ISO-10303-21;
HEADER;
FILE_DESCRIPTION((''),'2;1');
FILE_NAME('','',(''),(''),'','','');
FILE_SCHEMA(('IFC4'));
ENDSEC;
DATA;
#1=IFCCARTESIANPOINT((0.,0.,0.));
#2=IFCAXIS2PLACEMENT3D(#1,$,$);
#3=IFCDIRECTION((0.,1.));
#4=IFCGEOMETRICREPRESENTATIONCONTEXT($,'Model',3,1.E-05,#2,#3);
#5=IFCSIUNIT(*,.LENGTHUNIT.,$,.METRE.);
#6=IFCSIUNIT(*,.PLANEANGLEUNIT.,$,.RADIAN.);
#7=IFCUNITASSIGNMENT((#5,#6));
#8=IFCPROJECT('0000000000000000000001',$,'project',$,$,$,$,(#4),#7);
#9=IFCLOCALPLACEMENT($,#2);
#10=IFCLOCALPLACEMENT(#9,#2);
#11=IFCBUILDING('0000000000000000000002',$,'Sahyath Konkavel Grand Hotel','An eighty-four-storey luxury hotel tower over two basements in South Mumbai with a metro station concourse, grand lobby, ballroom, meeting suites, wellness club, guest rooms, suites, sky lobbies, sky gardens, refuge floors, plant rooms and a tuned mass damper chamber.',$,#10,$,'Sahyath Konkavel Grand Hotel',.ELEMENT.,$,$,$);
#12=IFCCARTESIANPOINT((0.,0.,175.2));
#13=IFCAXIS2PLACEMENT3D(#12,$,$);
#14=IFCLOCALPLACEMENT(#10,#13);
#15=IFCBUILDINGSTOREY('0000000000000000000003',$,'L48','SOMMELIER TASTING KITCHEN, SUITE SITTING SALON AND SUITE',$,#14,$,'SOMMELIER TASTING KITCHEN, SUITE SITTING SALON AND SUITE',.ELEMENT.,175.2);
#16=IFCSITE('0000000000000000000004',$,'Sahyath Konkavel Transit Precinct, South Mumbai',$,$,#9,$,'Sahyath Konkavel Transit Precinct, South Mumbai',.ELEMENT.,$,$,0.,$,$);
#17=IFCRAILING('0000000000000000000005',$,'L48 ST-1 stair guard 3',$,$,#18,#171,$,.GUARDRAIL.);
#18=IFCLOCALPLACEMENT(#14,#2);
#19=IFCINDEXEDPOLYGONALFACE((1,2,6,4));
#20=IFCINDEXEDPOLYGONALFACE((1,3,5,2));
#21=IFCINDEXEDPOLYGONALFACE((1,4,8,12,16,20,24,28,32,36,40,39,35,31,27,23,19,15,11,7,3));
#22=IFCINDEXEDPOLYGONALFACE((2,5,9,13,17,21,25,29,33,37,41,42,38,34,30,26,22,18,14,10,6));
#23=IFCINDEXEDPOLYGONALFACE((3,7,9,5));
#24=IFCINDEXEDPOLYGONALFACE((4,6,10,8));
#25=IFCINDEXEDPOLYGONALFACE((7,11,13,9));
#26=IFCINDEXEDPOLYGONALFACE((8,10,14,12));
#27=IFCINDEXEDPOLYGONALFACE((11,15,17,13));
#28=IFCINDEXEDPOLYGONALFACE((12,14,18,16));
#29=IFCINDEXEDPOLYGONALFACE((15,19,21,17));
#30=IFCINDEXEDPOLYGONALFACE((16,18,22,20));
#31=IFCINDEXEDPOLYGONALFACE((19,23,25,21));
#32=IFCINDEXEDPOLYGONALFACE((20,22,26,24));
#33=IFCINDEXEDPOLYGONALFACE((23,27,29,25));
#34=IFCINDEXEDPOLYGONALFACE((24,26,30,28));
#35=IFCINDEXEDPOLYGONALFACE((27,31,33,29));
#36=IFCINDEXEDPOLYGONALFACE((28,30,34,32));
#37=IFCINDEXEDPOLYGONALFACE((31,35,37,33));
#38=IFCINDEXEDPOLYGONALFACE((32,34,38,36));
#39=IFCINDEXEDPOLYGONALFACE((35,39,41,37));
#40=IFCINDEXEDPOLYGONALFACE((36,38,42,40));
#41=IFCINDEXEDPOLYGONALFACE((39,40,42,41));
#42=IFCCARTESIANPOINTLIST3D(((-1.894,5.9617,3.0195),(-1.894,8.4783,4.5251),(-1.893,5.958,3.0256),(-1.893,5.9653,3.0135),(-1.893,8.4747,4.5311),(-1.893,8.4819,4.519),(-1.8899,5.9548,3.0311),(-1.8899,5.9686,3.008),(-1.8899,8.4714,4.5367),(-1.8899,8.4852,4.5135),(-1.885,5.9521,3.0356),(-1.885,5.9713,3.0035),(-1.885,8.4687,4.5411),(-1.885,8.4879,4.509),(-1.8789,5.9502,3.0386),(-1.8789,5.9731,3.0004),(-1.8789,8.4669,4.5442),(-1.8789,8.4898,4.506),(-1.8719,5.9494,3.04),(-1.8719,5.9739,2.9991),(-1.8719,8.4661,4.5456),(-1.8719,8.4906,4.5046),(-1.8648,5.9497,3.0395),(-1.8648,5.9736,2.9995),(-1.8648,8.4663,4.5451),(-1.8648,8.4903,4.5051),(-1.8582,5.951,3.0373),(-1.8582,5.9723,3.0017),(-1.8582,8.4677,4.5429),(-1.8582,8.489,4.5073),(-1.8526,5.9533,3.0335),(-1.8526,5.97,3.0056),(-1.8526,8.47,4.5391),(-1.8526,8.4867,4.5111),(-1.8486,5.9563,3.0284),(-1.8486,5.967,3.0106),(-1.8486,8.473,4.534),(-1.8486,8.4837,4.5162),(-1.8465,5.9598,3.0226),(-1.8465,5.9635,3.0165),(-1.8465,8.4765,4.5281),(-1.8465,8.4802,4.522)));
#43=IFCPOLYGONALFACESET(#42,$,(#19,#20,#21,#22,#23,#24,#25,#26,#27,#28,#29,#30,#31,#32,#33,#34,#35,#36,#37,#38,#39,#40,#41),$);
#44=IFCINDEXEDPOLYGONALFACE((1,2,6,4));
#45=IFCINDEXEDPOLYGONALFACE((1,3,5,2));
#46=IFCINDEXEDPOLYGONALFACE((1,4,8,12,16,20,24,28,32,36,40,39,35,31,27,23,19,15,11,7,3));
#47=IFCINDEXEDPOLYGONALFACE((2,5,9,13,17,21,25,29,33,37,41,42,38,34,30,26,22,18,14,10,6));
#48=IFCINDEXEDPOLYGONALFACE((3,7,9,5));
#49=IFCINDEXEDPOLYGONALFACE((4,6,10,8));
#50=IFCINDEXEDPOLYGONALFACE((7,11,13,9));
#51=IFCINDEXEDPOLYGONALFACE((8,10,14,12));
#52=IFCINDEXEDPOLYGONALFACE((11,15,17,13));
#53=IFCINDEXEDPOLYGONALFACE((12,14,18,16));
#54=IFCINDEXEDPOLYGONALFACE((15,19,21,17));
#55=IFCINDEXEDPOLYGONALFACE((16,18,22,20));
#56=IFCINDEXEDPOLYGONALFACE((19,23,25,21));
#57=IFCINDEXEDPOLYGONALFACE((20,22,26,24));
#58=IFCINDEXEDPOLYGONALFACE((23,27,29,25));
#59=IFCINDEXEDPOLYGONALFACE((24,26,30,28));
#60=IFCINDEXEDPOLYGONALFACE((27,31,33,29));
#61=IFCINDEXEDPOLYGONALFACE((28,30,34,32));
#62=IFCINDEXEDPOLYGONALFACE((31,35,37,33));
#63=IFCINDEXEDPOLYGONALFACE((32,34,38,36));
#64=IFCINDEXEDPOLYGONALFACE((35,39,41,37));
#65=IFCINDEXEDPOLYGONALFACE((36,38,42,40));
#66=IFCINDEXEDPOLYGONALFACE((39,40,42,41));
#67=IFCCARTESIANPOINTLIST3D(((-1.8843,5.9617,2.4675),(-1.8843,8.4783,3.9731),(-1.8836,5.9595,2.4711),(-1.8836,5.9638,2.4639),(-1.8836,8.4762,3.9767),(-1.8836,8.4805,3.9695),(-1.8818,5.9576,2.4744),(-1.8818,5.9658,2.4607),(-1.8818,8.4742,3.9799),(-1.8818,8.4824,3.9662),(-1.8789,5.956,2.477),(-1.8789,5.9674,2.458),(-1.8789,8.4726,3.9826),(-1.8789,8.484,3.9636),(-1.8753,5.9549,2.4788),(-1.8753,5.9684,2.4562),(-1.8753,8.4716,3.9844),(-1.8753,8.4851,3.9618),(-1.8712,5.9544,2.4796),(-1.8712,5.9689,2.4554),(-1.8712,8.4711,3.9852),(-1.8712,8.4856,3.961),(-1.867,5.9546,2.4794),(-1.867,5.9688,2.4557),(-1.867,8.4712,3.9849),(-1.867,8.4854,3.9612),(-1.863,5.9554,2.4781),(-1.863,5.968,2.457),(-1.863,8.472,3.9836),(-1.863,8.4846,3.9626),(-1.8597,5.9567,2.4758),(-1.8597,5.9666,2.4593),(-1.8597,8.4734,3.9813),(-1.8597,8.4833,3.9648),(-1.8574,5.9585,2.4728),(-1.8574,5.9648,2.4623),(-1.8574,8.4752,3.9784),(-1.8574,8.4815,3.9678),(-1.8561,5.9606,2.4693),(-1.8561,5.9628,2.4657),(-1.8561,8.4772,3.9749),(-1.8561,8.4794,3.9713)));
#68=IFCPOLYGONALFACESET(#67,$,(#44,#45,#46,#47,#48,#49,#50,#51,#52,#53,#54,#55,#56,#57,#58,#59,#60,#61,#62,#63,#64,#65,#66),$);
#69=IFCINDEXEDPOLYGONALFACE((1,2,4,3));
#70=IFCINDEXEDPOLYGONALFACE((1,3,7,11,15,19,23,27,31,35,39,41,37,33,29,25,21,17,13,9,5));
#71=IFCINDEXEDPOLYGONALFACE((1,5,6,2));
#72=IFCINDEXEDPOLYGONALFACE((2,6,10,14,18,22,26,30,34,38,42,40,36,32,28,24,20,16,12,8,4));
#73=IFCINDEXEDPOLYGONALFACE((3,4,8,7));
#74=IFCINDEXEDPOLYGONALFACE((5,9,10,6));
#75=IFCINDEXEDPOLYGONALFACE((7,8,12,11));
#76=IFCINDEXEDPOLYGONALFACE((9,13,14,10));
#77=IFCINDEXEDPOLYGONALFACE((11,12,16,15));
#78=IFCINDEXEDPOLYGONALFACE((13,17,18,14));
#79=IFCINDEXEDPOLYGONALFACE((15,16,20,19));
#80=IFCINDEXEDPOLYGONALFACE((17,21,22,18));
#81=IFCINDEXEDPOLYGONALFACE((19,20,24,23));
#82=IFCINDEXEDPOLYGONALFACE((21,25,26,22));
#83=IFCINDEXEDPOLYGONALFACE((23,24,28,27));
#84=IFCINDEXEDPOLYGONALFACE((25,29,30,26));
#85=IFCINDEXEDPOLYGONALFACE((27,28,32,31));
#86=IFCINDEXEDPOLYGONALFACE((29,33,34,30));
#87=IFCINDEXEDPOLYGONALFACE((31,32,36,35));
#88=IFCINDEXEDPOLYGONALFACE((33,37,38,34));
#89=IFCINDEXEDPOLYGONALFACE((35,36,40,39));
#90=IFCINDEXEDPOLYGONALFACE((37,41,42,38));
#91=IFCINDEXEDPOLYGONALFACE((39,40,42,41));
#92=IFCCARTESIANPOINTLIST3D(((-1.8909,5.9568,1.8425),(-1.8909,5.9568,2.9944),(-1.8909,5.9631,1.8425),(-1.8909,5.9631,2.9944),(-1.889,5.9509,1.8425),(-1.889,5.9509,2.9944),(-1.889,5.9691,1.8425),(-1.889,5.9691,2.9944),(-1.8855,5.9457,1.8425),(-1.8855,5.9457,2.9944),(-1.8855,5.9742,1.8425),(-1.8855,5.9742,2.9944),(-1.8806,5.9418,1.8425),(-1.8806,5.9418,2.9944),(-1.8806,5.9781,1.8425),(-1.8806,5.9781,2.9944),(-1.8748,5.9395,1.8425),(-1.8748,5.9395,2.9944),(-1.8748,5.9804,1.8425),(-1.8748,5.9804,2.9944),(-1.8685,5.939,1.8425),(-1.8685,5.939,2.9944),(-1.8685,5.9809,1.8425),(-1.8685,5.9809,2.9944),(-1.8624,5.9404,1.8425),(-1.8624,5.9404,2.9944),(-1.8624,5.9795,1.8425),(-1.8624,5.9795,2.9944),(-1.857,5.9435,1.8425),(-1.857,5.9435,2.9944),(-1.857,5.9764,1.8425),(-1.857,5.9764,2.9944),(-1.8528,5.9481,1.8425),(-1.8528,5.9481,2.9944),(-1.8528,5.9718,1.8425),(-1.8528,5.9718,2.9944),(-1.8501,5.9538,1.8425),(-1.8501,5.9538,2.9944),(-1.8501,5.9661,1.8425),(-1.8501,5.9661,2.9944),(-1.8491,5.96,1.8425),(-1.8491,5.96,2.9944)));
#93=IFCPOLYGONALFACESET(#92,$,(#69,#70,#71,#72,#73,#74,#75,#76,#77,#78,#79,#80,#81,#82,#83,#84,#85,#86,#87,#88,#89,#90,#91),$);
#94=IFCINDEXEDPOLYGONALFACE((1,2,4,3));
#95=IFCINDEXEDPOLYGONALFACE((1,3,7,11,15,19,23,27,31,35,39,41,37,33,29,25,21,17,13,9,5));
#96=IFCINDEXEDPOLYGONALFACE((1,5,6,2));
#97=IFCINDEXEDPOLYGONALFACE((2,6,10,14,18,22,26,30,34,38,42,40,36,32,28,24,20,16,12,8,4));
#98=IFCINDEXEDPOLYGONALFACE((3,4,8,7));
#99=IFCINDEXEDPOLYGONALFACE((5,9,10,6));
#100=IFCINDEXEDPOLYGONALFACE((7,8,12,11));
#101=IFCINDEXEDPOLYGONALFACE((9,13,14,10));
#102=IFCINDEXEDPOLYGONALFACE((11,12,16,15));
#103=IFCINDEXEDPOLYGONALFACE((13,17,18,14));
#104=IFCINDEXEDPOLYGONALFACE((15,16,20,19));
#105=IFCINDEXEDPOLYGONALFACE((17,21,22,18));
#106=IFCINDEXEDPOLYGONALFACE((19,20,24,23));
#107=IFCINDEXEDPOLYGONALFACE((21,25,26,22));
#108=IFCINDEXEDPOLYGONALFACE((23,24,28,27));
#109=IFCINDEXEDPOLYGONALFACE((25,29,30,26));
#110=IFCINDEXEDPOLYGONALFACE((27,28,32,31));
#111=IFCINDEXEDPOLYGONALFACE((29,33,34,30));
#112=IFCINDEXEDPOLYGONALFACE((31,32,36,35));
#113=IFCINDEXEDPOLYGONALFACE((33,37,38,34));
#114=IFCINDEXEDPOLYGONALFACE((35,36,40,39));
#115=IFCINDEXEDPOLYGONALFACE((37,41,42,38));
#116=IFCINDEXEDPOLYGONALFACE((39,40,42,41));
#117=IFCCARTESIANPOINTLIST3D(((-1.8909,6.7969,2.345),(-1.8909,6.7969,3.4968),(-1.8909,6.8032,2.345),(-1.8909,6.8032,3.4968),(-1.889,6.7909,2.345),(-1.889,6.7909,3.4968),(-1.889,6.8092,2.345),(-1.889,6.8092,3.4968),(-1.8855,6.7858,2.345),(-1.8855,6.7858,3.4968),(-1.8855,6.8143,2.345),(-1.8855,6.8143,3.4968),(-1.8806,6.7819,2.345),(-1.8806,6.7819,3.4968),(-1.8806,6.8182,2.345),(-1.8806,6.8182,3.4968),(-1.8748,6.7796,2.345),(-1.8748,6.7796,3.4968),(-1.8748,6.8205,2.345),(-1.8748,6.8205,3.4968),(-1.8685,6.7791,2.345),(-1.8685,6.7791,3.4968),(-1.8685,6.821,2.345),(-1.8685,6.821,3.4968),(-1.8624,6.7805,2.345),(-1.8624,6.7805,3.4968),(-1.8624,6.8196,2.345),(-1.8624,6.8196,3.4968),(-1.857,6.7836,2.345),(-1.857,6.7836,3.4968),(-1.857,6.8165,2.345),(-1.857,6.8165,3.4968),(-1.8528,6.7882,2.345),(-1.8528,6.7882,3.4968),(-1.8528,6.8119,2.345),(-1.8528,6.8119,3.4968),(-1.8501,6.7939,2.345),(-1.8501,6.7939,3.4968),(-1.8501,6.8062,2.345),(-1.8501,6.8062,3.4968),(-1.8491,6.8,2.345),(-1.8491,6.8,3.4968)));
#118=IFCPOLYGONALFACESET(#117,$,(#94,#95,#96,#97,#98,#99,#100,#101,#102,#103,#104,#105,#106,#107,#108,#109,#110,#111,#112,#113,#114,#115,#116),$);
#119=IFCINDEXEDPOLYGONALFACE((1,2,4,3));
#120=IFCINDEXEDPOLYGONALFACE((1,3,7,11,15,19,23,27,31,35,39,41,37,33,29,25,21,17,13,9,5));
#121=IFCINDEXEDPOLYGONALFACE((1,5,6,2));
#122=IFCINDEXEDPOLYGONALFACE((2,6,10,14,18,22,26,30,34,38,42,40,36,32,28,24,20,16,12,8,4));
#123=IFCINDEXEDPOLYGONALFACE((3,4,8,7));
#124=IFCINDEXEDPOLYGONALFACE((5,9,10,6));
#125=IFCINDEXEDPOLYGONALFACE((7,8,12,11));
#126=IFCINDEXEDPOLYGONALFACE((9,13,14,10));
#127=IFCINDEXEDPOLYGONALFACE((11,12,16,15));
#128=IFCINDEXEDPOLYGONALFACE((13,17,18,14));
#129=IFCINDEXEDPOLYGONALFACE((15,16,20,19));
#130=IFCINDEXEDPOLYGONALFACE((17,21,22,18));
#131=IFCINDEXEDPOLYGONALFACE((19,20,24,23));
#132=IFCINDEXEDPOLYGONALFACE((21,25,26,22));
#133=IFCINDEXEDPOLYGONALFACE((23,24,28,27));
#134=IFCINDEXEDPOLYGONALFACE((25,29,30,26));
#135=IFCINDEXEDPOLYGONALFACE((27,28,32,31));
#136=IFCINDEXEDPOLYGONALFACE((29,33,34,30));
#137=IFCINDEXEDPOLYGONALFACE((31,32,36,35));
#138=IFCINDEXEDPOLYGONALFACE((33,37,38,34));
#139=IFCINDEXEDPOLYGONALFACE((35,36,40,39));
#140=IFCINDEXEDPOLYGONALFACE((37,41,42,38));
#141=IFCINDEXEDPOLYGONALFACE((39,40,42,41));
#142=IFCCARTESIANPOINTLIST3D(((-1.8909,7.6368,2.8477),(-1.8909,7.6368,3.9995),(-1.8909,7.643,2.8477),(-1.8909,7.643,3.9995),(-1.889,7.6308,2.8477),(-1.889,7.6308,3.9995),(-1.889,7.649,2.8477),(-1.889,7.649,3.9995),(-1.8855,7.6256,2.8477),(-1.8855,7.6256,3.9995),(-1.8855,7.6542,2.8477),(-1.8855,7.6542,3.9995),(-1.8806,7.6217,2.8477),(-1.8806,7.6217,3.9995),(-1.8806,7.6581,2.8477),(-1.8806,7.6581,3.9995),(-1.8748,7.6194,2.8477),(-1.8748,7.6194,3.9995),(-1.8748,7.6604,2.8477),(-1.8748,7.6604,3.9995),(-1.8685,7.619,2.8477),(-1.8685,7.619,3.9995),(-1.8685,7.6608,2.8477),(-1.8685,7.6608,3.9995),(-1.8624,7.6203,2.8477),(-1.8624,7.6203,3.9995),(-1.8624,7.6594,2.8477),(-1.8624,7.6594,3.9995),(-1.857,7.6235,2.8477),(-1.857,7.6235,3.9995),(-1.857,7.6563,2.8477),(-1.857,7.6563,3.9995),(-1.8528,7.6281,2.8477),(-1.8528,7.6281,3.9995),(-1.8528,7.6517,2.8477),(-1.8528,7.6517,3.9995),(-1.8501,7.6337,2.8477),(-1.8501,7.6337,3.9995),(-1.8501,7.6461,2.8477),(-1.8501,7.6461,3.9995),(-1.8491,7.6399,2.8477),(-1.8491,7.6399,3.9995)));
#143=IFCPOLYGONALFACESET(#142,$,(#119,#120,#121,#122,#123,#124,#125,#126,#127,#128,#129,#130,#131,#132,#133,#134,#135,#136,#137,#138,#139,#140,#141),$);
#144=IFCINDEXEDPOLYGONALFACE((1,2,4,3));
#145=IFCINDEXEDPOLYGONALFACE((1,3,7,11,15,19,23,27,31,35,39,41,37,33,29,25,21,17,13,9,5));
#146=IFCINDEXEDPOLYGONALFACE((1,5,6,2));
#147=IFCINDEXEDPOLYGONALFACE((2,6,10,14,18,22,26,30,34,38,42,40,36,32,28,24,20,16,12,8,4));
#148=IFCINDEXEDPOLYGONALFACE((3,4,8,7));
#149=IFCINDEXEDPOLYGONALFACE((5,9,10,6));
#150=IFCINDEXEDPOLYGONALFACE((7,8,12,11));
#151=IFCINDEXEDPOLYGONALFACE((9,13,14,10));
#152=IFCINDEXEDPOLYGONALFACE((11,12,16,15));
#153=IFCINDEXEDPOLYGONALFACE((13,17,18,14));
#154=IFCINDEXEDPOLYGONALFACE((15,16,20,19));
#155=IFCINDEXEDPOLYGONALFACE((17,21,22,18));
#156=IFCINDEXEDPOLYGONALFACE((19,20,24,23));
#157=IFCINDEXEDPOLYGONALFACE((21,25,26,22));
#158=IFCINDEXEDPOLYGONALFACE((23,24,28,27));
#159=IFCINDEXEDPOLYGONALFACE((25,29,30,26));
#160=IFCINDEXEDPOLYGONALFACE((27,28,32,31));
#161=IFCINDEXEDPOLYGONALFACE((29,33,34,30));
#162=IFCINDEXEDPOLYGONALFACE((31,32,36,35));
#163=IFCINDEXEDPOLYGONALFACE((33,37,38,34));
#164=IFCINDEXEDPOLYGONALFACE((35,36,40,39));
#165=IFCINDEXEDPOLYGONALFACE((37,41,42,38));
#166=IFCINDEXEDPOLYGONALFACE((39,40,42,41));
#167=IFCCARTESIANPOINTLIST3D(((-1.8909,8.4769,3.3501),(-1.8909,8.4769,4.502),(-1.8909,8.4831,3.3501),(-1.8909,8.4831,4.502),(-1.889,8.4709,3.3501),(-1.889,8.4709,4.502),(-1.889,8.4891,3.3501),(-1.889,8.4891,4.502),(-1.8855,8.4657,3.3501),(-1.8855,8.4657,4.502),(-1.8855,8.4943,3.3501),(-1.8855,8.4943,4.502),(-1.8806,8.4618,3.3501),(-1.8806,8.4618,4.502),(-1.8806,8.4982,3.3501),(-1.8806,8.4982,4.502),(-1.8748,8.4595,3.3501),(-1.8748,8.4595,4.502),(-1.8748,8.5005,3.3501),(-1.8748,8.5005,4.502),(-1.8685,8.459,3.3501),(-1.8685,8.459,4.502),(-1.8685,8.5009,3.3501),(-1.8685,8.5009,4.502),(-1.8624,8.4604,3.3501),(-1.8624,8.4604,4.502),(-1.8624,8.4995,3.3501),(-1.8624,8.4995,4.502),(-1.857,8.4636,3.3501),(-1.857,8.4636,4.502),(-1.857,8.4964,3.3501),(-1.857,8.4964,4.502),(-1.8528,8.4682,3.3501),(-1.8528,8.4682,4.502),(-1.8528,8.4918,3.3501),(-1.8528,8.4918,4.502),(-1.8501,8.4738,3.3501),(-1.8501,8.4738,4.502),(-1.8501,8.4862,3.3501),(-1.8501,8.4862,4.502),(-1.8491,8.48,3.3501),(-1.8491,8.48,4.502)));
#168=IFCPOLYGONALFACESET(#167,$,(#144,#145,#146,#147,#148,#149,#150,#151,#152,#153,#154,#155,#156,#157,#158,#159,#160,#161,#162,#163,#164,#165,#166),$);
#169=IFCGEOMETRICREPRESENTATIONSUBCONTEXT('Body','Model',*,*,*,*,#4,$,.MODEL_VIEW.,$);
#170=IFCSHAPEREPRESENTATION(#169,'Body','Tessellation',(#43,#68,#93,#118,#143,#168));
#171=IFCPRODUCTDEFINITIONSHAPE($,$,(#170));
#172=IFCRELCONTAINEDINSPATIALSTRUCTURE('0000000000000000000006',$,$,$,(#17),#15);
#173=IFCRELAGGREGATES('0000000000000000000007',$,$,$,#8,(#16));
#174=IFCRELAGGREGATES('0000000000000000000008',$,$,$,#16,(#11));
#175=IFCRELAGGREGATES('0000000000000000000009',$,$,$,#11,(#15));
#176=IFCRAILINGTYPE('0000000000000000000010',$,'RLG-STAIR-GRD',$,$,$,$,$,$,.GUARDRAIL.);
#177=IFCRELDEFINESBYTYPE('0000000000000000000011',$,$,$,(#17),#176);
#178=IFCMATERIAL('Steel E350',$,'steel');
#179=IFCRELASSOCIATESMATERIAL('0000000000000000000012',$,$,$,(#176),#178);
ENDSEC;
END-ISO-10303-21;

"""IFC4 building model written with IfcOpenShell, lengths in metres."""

from ifc_helpers import new_model, si_unit, direction, frame, origin, origin_2d, place, context, subcontext, project, spatial, circle, extrude, material, type_object, element, save


model = new_model("IFC4")

# Units and contexts
model_context = context("Model", 3, precision=1e-05, world=origin(), true_north=direction((0.0, 1.0)))
body_context = subcontext(model_context, "Body", "Model", "MODEL_VIEW")
ifc_project = project(units=[si_unit("LENGTHUNIT", "METRE"), si_unit("PLANEANGLEUNIT", "RADIAN")], contexts=[model_context])

# Site, building, storey
site_placement = place(None, origin())
site = spatial("IfcSite", under=ifc_project, at=site_placement, Name="Sahyath Konkavel Transit Precinct, South Mumbai", LongName="Sahyath Konkavel Transit Precinct, South Mumbai", CompositionType="ELEMENT", RefElevation=0.0)
building_placement = place(site_placement, origin())
building = spatial("IfcBuilding", under=site, at=building_placement, Name="Sahyath Konkavel Grand Hotel", Description="An eighty-four-storey luxury hotel tower over two basements in South Mumbai with a metro station concourse, grand lobby, ballroom, meeting suites, wellness club, guest rooms, suites, sky lobbies, sky gardens, refuge floors, plant rooms and a tuned mass damper chamber.", LongName="Sahyath Konkavel Grand Hotel", CompositionType="ELEMENT")
storey_placement = place(building_placement, frame((0.0, 0.0, 175.2)))
storey = spatial("IfcBuildingStorey", under=building, at=storey_placement, Name="L48", Description="SOMMELIER TASTING KITCHEN, SUITE SITTING SALON AND SUITE", LongName="SOMMELIER TASTING KITCHEN, SUITE SITTING SALON AND SUITE", CompositionType="ELEMENT", Elevation=175.2)

# Shared definitions
ifc_material_1 = material(Name="Steel E350", Category="steel")

# Railing
railing_type_1 = type_object("IfcRailingType", Name="RLG-STAIR-GRD", PredefinedType="GUARDRAIL", material=ifc_material_1)
railing_1_placement = place(storey_placement, frame((-1.8701, 5.96, 1.8425)))
element("IfcRailing", 1, at=railing_1_placement, inside=storey, type_object=railing_type_1, Name="L48 ST-1 stair guard 3", PredefinedType="GUARDRAIL", context=body_context, shape_type="SweptSolid", body=[
    extrude(circle(Radius=0.0239, at=origin_2d()), frame((0.0, 0.0017, 1.177), z_axis=(0.0, 0.85816, 0.513383), x_axis=(-1.0, 0.0, 0.0)), (0.0, 0.0, 1.0), 2.9326),
    extrude(circle(Radius=0.0142, at=origin_2d()), frame((0.0, 0.0017, 0.625), z_axis=(0.0, 0.85816, 0.513383), x_axis=(-1.0, 0.0, 0.0)), (0.0, 0.0, 1.0), 2.9326),
    extrude(circle(Radius=0.021, at=origin_2d()), origin(), (0.0, 0.0, 1.0), 1.1519),
    extrude(circle(Radius=0.021, at=origin_2d()), frame((0.0, 0.8401, 0.5024)), (0.0, 0.0, 1.0), 1.1519),
    extrude(circle(Radius=0.021, at=origin_2d()), frame((0.0, 1.6799, 1.0051)), (0.0, 0.0, 1.0), 1.1519),
    extrude(circle(Radius=0.021, at=origin_2d()), frame((0.0, 2.52, 1.5076)), (0.0, 0.0, 1.0), 1.1519),
])

save(model, "model.ifc")
